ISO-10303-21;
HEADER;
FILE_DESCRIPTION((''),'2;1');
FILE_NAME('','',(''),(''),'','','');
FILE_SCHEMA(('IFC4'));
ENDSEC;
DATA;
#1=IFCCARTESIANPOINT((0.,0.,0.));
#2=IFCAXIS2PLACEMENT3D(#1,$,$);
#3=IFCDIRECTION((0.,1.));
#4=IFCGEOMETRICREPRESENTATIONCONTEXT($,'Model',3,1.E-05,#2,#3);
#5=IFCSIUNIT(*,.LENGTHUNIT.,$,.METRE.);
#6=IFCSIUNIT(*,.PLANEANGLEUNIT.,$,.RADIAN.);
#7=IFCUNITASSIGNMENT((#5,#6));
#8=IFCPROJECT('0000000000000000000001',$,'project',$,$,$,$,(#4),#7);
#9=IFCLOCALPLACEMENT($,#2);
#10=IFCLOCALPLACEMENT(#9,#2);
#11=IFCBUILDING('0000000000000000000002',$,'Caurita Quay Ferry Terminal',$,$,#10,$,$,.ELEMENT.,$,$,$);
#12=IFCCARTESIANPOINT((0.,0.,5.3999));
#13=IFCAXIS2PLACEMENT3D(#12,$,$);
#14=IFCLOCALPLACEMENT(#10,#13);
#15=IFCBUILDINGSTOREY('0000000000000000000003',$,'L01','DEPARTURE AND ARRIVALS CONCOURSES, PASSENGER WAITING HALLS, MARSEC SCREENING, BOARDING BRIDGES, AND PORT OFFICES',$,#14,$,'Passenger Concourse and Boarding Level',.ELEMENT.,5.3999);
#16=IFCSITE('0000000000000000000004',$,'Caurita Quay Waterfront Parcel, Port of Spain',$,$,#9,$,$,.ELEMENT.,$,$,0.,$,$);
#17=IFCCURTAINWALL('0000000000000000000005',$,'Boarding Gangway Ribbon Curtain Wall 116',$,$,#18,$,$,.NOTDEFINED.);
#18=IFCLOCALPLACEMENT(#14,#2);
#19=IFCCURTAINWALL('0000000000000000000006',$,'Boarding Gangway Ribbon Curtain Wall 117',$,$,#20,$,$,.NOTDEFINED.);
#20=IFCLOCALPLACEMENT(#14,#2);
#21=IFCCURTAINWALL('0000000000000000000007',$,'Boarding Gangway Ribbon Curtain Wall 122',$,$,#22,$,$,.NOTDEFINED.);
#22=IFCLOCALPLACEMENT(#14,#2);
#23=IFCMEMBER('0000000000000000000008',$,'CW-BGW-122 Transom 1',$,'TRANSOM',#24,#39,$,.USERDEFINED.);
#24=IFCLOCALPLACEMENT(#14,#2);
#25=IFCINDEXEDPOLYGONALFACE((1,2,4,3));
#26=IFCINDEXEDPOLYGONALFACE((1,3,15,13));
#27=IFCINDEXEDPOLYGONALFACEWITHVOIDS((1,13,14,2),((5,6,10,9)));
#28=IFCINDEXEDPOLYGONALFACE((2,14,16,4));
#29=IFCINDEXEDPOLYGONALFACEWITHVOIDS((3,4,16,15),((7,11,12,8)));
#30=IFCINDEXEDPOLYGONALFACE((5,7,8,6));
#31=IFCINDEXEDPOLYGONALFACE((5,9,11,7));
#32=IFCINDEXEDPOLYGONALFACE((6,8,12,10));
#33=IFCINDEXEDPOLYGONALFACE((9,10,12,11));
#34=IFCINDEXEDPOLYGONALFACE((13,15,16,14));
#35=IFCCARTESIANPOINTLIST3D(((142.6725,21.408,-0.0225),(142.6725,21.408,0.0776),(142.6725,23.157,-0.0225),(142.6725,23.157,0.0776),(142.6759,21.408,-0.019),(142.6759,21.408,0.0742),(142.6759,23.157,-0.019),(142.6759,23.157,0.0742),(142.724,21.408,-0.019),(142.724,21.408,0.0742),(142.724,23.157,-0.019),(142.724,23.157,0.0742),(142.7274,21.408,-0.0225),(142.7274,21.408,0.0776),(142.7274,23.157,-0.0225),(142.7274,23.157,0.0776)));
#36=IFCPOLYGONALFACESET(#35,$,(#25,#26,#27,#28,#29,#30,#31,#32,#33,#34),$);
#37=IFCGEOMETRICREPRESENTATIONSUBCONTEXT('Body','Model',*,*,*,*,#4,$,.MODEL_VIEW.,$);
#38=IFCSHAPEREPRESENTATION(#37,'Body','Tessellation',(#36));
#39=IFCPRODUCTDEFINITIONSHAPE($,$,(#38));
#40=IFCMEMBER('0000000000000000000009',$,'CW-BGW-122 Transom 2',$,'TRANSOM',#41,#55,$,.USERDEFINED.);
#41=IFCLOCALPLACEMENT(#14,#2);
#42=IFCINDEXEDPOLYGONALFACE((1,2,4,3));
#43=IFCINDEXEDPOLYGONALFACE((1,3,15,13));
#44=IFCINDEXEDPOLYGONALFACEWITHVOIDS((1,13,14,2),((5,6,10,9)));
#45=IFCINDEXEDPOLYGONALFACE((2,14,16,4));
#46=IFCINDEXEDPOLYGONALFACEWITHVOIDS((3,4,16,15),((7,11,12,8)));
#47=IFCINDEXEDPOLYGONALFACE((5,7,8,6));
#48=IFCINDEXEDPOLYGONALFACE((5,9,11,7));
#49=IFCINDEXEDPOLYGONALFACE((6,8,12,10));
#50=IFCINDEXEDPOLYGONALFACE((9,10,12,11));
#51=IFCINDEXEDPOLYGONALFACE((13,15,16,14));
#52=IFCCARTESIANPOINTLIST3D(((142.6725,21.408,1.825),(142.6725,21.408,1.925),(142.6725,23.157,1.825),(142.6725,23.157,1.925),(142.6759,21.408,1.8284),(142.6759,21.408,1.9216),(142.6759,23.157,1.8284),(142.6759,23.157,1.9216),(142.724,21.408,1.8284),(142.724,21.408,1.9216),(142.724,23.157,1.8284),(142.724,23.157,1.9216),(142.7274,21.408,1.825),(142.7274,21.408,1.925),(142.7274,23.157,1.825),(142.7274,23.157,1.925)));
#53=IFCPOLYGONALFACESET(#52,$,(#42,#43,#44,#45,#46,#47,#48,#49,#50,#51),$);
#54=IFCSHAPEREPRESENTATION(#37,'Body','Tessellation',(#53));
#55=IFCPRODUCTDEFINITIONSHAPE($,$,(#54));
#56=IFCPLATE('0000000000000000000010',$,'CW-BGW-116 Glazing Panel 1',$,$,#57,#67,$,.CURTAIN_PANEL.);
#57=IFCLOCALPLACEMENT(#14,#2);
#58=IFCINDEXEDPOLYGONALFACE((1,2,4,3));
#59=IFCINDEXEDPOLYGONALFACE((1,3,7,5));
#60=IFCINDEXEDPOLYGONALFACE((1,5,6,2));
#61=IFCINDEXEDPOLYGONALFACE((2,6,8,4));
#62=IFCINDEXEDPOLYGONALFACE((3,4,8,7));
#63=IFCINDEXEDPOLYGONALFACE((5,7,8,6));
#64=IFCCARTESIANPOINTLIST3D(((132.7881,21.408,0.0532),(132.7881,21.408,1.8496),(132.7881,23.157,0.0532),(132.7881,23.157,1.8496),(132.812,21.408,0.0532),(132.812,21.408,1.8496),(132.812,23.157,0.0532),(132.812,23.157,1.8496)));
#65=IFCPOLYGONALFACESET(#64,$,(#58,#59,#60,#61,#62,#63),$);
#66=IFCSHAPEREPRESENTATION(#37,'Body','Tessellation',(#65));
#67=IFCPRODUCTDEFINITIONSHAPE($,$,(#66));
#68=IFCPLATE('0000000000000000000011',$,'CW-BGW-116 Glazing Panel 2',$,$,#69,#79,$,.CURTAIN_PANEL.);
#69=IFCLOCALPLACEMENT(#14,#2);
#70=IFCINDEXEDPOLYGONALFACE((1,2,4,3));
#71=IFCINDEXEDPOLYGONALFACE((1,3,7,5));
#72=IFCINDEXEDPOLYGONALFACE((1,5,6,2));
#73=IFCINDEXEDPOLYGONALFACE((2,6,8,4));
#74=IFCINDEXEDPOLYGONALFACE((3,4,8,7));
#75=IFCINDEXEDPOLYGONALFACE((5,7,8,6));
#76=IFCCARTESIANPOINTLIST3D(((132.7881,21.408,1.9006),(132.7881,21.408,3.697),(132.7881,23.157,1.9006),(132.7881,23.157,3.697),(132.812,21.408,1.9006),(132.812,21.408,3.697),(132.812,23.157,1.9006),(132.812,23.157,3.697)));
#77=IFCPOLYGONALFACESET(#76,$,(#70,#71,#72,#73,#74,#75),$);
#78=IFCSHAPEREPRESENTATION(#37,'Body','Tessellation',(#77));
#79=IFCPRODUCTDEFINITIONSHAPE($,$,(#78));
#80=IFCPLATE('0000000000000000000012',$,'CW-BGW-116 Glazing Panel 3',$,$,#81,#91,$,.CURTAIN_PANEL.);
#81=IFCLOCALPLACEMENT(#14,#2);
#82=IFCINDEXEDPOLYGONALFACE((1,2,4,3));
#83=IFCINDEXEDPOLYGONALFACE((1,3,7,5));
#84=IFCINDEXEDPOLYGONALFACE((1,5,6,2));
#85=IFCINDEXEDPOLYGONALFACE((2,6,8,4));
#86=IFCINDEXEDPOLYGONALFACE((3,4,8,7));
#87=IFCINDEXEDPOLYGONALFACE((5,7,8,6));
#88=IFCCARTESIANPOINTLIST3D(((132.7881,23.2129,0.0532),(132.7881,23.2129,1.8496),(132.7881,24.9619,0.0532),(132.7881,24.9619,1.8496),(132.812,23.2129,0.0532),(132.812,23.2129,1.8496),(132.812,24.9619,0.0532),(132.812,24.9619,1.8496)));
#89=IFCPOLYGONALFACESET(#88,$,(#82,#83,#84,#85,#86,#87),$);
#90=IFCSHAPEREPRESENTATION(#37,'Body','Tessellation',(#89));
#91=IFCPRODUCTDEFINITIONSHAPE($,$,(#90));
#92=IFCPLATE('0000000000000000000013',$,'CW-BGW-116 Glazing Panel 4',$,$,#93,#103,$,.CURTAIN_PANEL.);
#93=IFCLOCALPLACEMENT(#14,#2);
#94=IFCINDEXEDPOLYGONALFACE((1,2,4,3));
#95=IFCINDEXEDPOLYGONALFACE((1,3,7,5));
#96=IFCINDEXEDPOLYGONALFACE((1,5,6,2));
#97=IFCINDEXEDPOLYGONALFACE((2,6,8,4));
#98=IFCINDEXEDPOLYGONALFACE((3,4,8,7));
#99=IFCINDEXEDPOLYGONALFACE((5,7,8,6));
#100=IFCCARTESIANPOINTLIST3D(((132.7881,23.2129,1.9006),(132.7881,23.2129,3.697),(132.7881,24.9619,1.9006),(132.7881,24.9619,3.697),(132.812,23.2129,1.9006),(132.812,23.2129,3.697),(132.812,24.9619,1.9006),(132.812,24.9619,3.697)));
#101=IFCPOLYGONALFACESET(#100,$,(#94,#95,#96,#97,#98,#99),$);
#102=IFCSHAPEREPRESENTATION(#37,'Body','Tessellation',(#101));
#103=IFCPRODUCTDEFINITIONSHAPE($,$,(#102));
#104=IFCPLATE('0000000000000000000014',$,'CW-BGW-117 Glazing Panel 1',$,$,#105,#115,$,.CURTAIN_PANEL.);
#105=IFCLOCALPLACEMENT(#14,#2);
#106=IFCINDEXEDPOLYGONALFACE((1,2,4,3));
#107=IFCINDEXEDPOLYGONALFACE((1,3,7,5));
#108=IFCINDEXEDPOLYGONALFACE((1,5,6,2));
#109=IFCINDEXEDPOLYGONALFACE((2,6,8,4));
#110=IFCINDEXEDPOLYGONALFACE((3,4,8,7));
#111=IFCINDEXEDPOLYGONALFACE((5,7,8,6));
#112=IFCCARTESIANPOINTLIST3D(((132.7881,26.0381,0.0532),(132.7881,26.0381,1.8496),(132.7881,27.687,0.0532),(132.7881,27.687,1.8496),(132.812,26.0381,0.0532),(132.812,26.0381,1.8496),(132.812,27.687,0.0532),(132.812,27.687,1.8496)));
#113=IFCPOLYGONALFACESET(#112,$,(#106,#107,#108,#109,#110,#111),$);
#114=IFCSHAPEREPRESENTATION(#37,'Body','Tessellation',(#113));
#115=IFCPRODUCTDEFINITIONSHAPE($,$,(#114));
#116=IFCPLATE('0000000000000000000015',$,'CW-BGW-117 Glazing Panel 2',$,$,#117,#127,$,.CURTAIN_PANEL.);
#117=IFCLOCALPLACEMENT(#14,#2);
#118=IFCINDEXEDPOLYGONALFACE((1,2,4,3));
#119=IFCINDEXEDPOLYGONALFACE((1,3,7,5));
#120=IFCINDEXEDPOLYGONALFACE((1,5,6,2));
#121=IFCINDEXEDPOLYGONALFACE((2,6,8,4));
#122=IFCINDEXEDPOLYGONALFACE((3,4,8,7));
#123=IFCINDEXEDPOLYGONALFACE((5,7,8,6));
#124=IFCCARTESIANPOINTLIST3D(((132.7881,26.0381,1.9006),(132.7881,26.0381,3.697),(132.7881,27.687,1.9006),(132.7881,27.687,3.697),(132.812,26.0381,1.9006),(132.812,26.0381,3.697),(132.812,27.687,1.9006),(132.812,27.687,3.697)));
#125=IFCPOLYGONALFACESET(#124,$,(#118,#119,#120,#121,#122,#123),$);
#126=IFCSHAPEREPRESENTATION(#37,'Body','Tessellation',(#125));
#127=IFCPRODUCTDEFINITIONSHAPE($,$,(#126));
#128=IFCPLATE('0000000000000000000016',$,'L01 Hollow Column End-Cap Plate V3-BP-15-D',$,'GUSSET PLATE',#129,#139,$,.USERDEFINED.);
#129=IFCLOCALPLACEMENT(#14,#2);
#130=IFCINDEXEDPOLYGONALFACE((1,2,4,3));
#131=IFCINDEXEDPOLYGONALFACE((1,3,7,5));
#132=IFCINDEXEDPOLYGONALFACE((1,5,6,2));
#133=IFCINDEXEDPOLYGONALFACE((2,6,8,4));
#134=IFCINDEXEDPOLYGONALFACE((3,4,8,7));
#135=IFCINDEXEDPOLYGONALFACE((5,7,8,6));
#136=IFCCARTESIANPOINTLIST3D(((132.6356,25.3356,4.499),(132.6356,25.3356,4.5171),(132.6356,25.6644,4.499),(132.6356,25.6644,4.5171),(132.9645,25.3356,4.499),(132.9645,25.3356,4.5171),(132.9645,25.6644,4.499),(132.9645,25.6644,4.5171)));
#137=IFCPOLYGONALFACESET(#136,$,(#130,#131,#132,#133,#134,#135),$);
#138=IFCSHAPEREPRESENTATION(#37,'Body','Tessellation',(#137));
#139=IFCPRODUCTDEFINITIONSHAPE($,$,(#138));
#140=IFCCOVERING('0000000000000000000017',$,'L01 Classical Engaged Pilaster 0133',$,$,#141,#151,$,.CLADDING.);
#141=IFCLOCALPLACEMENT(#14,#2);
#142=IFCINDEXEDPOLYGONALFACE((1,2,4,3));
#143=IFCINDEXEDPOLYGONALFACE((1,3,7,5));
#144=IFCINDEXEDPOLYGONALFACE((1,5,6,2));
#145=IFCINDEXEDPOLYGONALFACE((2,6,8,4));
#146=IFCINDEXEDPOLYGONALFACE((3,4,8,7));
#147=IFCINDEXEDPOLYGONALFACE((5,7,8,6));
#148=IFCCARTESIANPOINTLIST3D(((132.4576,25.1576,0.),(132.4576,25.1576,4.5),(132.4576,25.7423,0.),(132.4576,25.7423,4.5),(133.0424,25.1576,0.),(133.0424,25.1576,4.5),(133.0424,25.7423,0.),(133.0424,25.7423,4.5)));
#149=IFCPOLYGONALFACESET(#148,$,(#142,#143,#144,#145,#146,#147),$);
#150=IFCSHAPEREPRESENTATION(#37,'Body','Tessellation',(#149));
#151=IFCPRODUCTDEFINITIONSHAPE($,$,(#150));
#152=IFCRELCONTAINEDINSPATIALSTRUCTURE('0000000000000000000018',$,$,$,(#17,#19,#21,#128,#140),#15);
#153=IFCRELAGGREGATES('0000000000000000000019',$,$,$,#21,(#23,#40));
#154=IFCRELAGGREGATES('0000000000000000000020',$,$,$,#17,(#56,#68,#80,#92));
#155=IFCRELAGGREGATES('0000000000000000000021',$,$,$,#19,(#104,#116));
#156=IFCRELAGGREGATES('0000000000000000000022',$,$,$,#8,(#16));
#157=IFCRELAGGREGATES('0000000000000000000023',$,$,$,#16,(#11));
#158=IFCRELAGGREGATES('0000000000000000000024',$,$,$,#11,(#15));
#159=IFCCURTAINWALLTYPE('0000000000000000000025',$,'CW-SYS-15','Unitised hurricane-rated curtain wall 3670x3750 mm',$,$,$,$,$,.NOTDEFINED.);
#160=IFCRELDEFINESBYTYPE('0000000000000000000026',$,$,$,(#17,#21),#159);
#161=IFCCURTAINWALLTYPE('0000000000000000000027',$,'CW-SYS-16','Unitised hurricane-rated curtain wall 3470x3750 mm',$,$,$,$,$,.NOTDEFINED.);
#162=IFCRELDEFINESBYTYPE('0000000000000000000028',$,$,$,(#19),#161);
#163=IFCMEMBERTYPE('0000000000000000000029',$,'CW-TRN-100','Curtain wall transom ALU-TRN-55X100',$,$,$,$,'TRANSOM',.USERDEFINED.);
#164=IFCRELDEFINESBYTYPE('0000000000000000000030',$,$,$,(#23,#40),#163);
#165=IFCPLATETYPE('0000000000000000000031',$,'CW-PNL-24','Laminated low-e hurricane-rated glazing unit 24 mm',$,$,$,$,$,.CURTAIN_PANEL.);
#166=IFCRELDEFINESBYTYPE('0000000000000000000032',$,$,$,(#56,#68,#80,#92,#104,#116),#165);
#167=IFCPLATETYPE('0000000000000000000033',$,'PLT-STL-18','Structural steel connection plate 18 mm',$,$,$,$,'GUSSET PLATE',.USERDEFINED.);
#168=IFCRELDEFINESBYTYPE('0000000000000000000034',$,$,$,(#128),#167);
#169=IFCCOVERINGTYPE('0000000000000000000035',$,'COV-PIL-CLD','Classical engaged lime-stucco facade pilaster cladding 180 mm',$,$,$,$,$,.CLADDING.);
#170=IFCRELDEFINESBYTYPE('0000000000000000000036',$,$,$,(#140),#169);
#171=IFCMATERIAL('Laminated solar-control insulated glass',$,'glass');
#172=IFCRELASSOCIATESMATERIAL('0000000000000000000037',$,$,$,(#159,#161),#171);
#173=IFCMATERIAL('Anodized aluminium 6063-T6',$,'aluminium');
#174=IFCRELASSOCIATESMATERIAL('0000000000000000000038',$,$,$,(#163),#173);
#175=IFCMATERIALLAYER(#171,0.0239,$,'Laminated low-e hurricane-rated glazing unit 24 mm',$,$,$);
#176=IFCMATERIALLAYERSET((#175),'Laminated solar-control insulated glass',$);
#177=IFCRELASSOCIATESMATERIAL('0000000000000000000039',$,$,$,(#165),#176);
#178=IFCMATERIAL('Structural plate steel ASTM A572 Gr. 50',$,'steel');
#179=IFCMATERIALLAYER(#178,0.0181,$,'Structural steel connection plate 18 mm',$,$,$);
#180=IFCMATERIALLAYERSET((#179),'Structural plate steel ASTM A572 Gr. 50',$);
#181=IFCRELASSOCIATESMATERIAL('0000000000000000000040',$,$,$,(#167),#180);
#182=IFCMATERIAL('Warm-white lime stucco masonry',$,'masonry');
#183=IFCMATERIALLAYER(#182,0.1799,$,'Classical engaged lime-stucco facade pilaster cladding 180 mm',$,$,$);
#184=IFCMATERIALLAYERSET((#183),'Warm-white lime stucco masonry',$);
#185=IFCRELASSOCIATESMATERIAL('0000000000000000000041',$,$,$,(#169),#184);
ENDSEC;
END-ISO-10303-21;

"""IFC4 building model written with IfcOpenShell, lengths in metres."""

from ifc_helpers import new_model, si_unit, direction, frame, origin, origin_2d, place, context, subcontext, project, spatial, rectangle, hollow_rectangle, extrude, material, layer, layer_set, material_profile, profile_set, type_object, element, aggregate, save


model = new_model("IFC4")

# Units and contexts
model_context = context("Model", 3, precision=1e-05, world=origin(), true_north=direction((0.0, 1.0)))
body_context = subcontext(model_context, "Body", "Model", "MODEL_VIEW")
ifc_project = project(units=[si_unit("LENGTHUNIT", "METRE"), si_unit("PLANEANGLEUNIT", "RADIAN")], contexts=[model_context])

# Site, building, storey
site_placement = place(None, origin())
site = spatial("IfcSite", under=ifc_project, at=site_placement, Name="Caurita Quay Waterfront Parcel, Port of Spain", CompositionType="ELEMENT", RefElevation=0.0)
building_placement = place(site_placement, origin())
building = spatial("IfcBuilding", under=site, at=building_placement, Name="Caurita Quay Ferry Terminal", CompositionType="ELEMENT")
storey_placement = place(building_placement, frame((0.0, 0.0, 5.3999)))
storey = spatial("IfcBuildingStorey", under=building, at=storey_placement, Name="L01", Description="DEPARTURE AND ARRIVALS CONCOURSES, PASSENGER WAITING HALLS, MARSEC SCREENING, BOARDING BRIDGES, AND PORT OFFICES", LongName="Passenger Concourse and Boarding Level", CompositionType="ELEMENT", Elevation=5.3999)

# Curtain walls
ifc_material_1 = material(Name="Laminated solar-control insulated glass", Category="glass")
curtain_wall_type_1 = type_object("IfcCurtainWallType", Name="CW-SYS-15", Description="Unitised hurricane-rated curtain wall 3670x3750 mm", PredefinedType="NOTDEFINED", material=ifc_material_1)
curtain_wall_1_placement = place(storey_placement, origin())
curtain_wall_1 = element("IfcCurtainWall", 1, at=curtain_wall_1_placement, inside=storey, type_object=curtain_wall_type_1, Name="Boarding Gangway Ribbon Curtain Wall 116", PredefinedType="NOTDEFINED")
ifc_material_2 = material(Name="Anodized aluminium 6063-T6", Category="aluminium")
curtain_wall_type_2 = type_object("IfcCurtainWallType", Name="CW-SYS-16", Description="Unitised hurricane-rated curtain wall 3470x3750 mm", PredefinedType="NOTDEFINED", material=ifc_material_1)
curtain_wall_2_placement = place(storey_placement, origin())
curtain_wall_2 = element("IfcCurtainWall", 2, at=curtain_wall_2_placement, inside=storey, type_object=curtain_wall_type_2, Name="Boarding Gangway Ribbon Curtain Wall 117", PredefinedType="NOTDEFINED")

# Shared definitions
ifc_material_profile_1 = material_profile(ifc_material_2, hollow_rectangle(XDim=0.0549, YDim=0.1001, WallThickness=0.0034, at=origin_2d()), Name="ALU-TRN-55X100")
ifc_profile_set_1 = profile_set([ifc_material_profile_1], Name="Anodized aluminium 6063-T6")
member_type_1 = type_object("IfcMemberType", Name="CW-TRN-100", Description="Curtain wall transom ALU-TRN-55X100", ElementType="TRANSOM", PredefinedType="USERDEFINED", material=ifc_profile_set_1)

# Curtain wall, members
curtain_wall_3_placement = place(storey_placement, origin())
curtain_wall_3 = element("IfcCurtainWall", 3, at=curtain_wall_3_placement, inside=storey, type_object=curtain_wall_type_1, Name="Boarding Gangway Ribbon Curtain Wall 122", PredefinedType="NOTDEFINED")
member_1_placement = place(storey_placement, frame((142.7, 21.408, 0.0276), z_axis=(0.0, 1.0, 0.0), x_axis=(-1.0, 0.0, 0.0)))
member_1 = element("IfcMember", 4, at=member_1_placement, type_object=member_type_1, Name="CW-BGW-122 Transom 1", ObjectType="TRANSOM", PredefinedType="USERDEFINED", context=body_context, shape_type="SweptSolid", body=[
    extrude(hollow_rectangle(XDim=0.0549, YDim=0.1001, WallThickness=0.0034, at=origin_2d()), origin(), (0.0, 0.0, 1.0), 1.749),
])
member_2_placement = place(storey_placement, frame((142.7, 21.408, 1.875), z_axis=(0.0, 1.0, 0.0), x_axis=(-1.0, 0.0, 0.0)))
member_2 = element("IfcMember", 5, at=member_2_placement, type_object=member_type_1, Name="CW-BGW-122 Transom 2", ObjectType="TRANSOM", PredefinedType="USERDEFINED", context=body_context, shape_type="SweptSolid", body=[
    extrude(hollow_rectangle(XDim=0.0549, YDim=0.1001, WallThickness=0.0034, at=origin_2d()), origin(), (0.0, 0.0, 1.0), 1.749),
])
aggregate(curtain_wall_3, [member_1, member_2])

# Plates
ifc_layer_1 = layer(ifc_material_1, 0.0239, Name="Laminated low-e hurricane-rated glazing unit 24 mm")
ifc_layer_set_1 = layer_set([ifc_layer_1], Name="Laminated solar-control insulated glass")
plate_type_1 = type_object("IfcPlateType", Name="CW-PNL-24", Description="Laminated low-e hurricane-rated glazing unit 24 mm", PredefinedType="CURTAIN_PANEL", material=ifc_layer_set_1)
plate_1_placement = place(storey_placement, frame((132.8, 22.2825, 0.0532), z_axis=(0.0, 0.0, 1.0), x_axis=(0.0, 1.0, 0.0)))
plate_1 = element("IfcPlate", 6, at=plate_1_placement, type_object=plate_type_1, Name="CW-BGW-116 Glazing Panel 1", PredefinedType="CURTAIN_PANEL", context=body_context, shape_type="SweptSolid", body=[
    extrude(rectangle(XDim=1.749, YDim=0.0239, at=origin_2d()), origin(), (0.0, 0.0, 1.0), 1.7964),
])
plate_2_placement = place(storey_placement, frame((132.8, 22.2825, 1.9006), z_axis=(0.0, 0.0, 1.0), x_axis=(0.0, 1.0, 0.0)))
plate_2 = element("IfcPlate", 7, at=plate_2_placement, type_object=plate_type_1, Name="CW-BGW-116 Glazing Panel 2", PredefinedType="CURTAIN_PANEL", context=body_context, shape_type="SweptSolid", body=[
    extrude(rectangle(XDim=1.749, YDim=0.0239, at=origin_2d()), origin(), (0.0, 0.0, 1.0), 1.7964),
])
plate_3_placement = place(storey_placement, frame((132.8, 24.0874, 0.0532), z_axis=(0.0, 0.0, 1.0), x_axis=(0.0, 1.0, 0.0)))
plate_3 = element("IfcPlate", 8, at=plate_3_placement, type_object=plate_type_1, Name="CW-BGW-116 Glazing Panel 3", PredefinedType="CURTAIN_PANEL", context=body_context, shape_type="SweptSolid", body=[
    extrude(rectangle(XDim=1.749, YDim=0.0239, at=origin_2d()), origin(), (0.0, 0.0, 1.0), 1.7964),
])
plate_4_placement = place(storey_placement, frame((132.8, 24.0874, 1.9006), z_axis=(0.0, 0.0, 1.0), x_axis=(0.0, 1.0, 0.0)))
plate_4 = element("IfcPlate", 9, at=plate_4_placement, type_object=plate_type_1, Name="CW-BGW-116 Glazing Panel 4", PredefinedType="CURTAIN_PANEL", context=body_context, shape_type="SweptSolid", body=[
    extrude(rectangle(XDim=1.749, YDim=0.0239, at=origin_2d()), origin(), (0.0, 0.0, 1.0), 1.7964),
])
aggregate(curtain_wall_1, [plate_1, plate_2, plate_3, plate_4])
plate_5_placement = place(storey_placement, frame((132.8, 26.8625, 0.0532), z_axis=(0.0, 0.0, 1.0), x_axis=(0.0, 1.0, 0.0)))
plate_5 = element("IfcPlate", 10, at=plate_5_placement, type_object=plate_type_1, Name="CW-BGW-117 Glazing Panel 1", PredefinedType="CURTAIN_PANEL", context=body_context, shape_type="SweptSolid", body=[
    extrude(rectangle(XDim=1.6489, YDim=0.0239, at=origin_2d()), origin(), (0.0, 0.0, 1.0), 1.7964),
])
plate_6_placement = place(storey_placement, frame((132.8, 26.8625, 1.9006), z_axis=(0.0, 0.0, 1.0), x_axis=(0.0, 1.0, 0.0)))
plate_6 = element("IfcPlate", 11, at=plate_6_placement, type_object=plate_type_1, Name="CW-BGW-117 Glazing Panel 2", PredefinedType="CURTAIN_PANEL", context=body_context, shape_type="SweptSolid", body=[
    extrude(rectangle(XDim=1.6489, YDim=0.0239, at=origin_2d()), origin(), (0.0, 0.0, 1.0), 1.7964),
])
aggregate(curtain_wall_2, [plate_5, plate_6])
ifc_material_3 = material(Name="Structural plate steel ASTM A572 Gr. 50", Category="steel")
ifc_layer_2 = layer(ifc_material_3, 0.0181, Name="Structural steel connection plate 18 mm")
ifc_layer_set_2 = layer_set([ifc_layer_2], Name="Structural plate steel ASTM A572 Gr. 50")
plate_type_2 = type_object("IfcPlateType", Name="PLT-STL-18", Description="Structural steel connection plate 18 mm", ElementType="GUSSET PLATE", PredefinedType="USERDEFINED", material=ifc_layer_set_2)
plate_7_placement = place(storey_placement, frame((132.8, 25.5, 4.499), z_axis=(0.0, 0.0, 1.0), x_axis=(1.0, 0.0, 0.0)))
element("IfcPlate", 12, at=plate_7_placement, inside=storey, type_object=plate_type_2, Name="L01 Hollow Column End-Cap Plate V3-BP-15-D", ObjectType="GUSSET PLATE", PredefinedType="USERDEFINED", context=body_context, shape_type="SweptSolid", body=[
    extrude(rectangle(XDim=0.3289, YDim=0.3289, at=origin_2d()), origin(), (0.0, 0.0, 1.0), 0.0181),
])

# Covering
ifc_material_4 = material(Name="Warm-white lime stucco masonry", Category="masonry")
ifc_layer_3 = layer(ifc_material_4, 0.1799, Name="Classical engaged lime-stucco facade pilaster cladding 180 mm")
ifc_layer_set_3 = layer_set([ifc_layer_3], Name="Warm-white lime stucco masonry")
covering_type = type_object("IfcCoveringType", Name="COV-PIL-CLD", Description="Classical engaged lime-stucco facade pilaster cladding 180 mm", PredefinedType="CLADDING", material=ifc_layer_set_3)
covering_placement = place(storey_placement, frame((132.75, 25.45, 0.0), z_axis=(0.0, 0.0, 1.0), x_axis=(1.0, 0.0, 0.0)))
element("IfcCovering", 13, at=covering_placement, inside=storey, type_object=covering_type, Name="L01 Classical Engaged Pilaster 0133", PredefinedType="CLADDING", context=body_context, shape_type="SweptSolid", body=[
    extrude(rectangle(XDim=0.5847, YDim=0.5847, at=origin_2d()), origin(), (0.0, 0.0, 1.0), 4.5),
])

save(model, "model.ifc")
